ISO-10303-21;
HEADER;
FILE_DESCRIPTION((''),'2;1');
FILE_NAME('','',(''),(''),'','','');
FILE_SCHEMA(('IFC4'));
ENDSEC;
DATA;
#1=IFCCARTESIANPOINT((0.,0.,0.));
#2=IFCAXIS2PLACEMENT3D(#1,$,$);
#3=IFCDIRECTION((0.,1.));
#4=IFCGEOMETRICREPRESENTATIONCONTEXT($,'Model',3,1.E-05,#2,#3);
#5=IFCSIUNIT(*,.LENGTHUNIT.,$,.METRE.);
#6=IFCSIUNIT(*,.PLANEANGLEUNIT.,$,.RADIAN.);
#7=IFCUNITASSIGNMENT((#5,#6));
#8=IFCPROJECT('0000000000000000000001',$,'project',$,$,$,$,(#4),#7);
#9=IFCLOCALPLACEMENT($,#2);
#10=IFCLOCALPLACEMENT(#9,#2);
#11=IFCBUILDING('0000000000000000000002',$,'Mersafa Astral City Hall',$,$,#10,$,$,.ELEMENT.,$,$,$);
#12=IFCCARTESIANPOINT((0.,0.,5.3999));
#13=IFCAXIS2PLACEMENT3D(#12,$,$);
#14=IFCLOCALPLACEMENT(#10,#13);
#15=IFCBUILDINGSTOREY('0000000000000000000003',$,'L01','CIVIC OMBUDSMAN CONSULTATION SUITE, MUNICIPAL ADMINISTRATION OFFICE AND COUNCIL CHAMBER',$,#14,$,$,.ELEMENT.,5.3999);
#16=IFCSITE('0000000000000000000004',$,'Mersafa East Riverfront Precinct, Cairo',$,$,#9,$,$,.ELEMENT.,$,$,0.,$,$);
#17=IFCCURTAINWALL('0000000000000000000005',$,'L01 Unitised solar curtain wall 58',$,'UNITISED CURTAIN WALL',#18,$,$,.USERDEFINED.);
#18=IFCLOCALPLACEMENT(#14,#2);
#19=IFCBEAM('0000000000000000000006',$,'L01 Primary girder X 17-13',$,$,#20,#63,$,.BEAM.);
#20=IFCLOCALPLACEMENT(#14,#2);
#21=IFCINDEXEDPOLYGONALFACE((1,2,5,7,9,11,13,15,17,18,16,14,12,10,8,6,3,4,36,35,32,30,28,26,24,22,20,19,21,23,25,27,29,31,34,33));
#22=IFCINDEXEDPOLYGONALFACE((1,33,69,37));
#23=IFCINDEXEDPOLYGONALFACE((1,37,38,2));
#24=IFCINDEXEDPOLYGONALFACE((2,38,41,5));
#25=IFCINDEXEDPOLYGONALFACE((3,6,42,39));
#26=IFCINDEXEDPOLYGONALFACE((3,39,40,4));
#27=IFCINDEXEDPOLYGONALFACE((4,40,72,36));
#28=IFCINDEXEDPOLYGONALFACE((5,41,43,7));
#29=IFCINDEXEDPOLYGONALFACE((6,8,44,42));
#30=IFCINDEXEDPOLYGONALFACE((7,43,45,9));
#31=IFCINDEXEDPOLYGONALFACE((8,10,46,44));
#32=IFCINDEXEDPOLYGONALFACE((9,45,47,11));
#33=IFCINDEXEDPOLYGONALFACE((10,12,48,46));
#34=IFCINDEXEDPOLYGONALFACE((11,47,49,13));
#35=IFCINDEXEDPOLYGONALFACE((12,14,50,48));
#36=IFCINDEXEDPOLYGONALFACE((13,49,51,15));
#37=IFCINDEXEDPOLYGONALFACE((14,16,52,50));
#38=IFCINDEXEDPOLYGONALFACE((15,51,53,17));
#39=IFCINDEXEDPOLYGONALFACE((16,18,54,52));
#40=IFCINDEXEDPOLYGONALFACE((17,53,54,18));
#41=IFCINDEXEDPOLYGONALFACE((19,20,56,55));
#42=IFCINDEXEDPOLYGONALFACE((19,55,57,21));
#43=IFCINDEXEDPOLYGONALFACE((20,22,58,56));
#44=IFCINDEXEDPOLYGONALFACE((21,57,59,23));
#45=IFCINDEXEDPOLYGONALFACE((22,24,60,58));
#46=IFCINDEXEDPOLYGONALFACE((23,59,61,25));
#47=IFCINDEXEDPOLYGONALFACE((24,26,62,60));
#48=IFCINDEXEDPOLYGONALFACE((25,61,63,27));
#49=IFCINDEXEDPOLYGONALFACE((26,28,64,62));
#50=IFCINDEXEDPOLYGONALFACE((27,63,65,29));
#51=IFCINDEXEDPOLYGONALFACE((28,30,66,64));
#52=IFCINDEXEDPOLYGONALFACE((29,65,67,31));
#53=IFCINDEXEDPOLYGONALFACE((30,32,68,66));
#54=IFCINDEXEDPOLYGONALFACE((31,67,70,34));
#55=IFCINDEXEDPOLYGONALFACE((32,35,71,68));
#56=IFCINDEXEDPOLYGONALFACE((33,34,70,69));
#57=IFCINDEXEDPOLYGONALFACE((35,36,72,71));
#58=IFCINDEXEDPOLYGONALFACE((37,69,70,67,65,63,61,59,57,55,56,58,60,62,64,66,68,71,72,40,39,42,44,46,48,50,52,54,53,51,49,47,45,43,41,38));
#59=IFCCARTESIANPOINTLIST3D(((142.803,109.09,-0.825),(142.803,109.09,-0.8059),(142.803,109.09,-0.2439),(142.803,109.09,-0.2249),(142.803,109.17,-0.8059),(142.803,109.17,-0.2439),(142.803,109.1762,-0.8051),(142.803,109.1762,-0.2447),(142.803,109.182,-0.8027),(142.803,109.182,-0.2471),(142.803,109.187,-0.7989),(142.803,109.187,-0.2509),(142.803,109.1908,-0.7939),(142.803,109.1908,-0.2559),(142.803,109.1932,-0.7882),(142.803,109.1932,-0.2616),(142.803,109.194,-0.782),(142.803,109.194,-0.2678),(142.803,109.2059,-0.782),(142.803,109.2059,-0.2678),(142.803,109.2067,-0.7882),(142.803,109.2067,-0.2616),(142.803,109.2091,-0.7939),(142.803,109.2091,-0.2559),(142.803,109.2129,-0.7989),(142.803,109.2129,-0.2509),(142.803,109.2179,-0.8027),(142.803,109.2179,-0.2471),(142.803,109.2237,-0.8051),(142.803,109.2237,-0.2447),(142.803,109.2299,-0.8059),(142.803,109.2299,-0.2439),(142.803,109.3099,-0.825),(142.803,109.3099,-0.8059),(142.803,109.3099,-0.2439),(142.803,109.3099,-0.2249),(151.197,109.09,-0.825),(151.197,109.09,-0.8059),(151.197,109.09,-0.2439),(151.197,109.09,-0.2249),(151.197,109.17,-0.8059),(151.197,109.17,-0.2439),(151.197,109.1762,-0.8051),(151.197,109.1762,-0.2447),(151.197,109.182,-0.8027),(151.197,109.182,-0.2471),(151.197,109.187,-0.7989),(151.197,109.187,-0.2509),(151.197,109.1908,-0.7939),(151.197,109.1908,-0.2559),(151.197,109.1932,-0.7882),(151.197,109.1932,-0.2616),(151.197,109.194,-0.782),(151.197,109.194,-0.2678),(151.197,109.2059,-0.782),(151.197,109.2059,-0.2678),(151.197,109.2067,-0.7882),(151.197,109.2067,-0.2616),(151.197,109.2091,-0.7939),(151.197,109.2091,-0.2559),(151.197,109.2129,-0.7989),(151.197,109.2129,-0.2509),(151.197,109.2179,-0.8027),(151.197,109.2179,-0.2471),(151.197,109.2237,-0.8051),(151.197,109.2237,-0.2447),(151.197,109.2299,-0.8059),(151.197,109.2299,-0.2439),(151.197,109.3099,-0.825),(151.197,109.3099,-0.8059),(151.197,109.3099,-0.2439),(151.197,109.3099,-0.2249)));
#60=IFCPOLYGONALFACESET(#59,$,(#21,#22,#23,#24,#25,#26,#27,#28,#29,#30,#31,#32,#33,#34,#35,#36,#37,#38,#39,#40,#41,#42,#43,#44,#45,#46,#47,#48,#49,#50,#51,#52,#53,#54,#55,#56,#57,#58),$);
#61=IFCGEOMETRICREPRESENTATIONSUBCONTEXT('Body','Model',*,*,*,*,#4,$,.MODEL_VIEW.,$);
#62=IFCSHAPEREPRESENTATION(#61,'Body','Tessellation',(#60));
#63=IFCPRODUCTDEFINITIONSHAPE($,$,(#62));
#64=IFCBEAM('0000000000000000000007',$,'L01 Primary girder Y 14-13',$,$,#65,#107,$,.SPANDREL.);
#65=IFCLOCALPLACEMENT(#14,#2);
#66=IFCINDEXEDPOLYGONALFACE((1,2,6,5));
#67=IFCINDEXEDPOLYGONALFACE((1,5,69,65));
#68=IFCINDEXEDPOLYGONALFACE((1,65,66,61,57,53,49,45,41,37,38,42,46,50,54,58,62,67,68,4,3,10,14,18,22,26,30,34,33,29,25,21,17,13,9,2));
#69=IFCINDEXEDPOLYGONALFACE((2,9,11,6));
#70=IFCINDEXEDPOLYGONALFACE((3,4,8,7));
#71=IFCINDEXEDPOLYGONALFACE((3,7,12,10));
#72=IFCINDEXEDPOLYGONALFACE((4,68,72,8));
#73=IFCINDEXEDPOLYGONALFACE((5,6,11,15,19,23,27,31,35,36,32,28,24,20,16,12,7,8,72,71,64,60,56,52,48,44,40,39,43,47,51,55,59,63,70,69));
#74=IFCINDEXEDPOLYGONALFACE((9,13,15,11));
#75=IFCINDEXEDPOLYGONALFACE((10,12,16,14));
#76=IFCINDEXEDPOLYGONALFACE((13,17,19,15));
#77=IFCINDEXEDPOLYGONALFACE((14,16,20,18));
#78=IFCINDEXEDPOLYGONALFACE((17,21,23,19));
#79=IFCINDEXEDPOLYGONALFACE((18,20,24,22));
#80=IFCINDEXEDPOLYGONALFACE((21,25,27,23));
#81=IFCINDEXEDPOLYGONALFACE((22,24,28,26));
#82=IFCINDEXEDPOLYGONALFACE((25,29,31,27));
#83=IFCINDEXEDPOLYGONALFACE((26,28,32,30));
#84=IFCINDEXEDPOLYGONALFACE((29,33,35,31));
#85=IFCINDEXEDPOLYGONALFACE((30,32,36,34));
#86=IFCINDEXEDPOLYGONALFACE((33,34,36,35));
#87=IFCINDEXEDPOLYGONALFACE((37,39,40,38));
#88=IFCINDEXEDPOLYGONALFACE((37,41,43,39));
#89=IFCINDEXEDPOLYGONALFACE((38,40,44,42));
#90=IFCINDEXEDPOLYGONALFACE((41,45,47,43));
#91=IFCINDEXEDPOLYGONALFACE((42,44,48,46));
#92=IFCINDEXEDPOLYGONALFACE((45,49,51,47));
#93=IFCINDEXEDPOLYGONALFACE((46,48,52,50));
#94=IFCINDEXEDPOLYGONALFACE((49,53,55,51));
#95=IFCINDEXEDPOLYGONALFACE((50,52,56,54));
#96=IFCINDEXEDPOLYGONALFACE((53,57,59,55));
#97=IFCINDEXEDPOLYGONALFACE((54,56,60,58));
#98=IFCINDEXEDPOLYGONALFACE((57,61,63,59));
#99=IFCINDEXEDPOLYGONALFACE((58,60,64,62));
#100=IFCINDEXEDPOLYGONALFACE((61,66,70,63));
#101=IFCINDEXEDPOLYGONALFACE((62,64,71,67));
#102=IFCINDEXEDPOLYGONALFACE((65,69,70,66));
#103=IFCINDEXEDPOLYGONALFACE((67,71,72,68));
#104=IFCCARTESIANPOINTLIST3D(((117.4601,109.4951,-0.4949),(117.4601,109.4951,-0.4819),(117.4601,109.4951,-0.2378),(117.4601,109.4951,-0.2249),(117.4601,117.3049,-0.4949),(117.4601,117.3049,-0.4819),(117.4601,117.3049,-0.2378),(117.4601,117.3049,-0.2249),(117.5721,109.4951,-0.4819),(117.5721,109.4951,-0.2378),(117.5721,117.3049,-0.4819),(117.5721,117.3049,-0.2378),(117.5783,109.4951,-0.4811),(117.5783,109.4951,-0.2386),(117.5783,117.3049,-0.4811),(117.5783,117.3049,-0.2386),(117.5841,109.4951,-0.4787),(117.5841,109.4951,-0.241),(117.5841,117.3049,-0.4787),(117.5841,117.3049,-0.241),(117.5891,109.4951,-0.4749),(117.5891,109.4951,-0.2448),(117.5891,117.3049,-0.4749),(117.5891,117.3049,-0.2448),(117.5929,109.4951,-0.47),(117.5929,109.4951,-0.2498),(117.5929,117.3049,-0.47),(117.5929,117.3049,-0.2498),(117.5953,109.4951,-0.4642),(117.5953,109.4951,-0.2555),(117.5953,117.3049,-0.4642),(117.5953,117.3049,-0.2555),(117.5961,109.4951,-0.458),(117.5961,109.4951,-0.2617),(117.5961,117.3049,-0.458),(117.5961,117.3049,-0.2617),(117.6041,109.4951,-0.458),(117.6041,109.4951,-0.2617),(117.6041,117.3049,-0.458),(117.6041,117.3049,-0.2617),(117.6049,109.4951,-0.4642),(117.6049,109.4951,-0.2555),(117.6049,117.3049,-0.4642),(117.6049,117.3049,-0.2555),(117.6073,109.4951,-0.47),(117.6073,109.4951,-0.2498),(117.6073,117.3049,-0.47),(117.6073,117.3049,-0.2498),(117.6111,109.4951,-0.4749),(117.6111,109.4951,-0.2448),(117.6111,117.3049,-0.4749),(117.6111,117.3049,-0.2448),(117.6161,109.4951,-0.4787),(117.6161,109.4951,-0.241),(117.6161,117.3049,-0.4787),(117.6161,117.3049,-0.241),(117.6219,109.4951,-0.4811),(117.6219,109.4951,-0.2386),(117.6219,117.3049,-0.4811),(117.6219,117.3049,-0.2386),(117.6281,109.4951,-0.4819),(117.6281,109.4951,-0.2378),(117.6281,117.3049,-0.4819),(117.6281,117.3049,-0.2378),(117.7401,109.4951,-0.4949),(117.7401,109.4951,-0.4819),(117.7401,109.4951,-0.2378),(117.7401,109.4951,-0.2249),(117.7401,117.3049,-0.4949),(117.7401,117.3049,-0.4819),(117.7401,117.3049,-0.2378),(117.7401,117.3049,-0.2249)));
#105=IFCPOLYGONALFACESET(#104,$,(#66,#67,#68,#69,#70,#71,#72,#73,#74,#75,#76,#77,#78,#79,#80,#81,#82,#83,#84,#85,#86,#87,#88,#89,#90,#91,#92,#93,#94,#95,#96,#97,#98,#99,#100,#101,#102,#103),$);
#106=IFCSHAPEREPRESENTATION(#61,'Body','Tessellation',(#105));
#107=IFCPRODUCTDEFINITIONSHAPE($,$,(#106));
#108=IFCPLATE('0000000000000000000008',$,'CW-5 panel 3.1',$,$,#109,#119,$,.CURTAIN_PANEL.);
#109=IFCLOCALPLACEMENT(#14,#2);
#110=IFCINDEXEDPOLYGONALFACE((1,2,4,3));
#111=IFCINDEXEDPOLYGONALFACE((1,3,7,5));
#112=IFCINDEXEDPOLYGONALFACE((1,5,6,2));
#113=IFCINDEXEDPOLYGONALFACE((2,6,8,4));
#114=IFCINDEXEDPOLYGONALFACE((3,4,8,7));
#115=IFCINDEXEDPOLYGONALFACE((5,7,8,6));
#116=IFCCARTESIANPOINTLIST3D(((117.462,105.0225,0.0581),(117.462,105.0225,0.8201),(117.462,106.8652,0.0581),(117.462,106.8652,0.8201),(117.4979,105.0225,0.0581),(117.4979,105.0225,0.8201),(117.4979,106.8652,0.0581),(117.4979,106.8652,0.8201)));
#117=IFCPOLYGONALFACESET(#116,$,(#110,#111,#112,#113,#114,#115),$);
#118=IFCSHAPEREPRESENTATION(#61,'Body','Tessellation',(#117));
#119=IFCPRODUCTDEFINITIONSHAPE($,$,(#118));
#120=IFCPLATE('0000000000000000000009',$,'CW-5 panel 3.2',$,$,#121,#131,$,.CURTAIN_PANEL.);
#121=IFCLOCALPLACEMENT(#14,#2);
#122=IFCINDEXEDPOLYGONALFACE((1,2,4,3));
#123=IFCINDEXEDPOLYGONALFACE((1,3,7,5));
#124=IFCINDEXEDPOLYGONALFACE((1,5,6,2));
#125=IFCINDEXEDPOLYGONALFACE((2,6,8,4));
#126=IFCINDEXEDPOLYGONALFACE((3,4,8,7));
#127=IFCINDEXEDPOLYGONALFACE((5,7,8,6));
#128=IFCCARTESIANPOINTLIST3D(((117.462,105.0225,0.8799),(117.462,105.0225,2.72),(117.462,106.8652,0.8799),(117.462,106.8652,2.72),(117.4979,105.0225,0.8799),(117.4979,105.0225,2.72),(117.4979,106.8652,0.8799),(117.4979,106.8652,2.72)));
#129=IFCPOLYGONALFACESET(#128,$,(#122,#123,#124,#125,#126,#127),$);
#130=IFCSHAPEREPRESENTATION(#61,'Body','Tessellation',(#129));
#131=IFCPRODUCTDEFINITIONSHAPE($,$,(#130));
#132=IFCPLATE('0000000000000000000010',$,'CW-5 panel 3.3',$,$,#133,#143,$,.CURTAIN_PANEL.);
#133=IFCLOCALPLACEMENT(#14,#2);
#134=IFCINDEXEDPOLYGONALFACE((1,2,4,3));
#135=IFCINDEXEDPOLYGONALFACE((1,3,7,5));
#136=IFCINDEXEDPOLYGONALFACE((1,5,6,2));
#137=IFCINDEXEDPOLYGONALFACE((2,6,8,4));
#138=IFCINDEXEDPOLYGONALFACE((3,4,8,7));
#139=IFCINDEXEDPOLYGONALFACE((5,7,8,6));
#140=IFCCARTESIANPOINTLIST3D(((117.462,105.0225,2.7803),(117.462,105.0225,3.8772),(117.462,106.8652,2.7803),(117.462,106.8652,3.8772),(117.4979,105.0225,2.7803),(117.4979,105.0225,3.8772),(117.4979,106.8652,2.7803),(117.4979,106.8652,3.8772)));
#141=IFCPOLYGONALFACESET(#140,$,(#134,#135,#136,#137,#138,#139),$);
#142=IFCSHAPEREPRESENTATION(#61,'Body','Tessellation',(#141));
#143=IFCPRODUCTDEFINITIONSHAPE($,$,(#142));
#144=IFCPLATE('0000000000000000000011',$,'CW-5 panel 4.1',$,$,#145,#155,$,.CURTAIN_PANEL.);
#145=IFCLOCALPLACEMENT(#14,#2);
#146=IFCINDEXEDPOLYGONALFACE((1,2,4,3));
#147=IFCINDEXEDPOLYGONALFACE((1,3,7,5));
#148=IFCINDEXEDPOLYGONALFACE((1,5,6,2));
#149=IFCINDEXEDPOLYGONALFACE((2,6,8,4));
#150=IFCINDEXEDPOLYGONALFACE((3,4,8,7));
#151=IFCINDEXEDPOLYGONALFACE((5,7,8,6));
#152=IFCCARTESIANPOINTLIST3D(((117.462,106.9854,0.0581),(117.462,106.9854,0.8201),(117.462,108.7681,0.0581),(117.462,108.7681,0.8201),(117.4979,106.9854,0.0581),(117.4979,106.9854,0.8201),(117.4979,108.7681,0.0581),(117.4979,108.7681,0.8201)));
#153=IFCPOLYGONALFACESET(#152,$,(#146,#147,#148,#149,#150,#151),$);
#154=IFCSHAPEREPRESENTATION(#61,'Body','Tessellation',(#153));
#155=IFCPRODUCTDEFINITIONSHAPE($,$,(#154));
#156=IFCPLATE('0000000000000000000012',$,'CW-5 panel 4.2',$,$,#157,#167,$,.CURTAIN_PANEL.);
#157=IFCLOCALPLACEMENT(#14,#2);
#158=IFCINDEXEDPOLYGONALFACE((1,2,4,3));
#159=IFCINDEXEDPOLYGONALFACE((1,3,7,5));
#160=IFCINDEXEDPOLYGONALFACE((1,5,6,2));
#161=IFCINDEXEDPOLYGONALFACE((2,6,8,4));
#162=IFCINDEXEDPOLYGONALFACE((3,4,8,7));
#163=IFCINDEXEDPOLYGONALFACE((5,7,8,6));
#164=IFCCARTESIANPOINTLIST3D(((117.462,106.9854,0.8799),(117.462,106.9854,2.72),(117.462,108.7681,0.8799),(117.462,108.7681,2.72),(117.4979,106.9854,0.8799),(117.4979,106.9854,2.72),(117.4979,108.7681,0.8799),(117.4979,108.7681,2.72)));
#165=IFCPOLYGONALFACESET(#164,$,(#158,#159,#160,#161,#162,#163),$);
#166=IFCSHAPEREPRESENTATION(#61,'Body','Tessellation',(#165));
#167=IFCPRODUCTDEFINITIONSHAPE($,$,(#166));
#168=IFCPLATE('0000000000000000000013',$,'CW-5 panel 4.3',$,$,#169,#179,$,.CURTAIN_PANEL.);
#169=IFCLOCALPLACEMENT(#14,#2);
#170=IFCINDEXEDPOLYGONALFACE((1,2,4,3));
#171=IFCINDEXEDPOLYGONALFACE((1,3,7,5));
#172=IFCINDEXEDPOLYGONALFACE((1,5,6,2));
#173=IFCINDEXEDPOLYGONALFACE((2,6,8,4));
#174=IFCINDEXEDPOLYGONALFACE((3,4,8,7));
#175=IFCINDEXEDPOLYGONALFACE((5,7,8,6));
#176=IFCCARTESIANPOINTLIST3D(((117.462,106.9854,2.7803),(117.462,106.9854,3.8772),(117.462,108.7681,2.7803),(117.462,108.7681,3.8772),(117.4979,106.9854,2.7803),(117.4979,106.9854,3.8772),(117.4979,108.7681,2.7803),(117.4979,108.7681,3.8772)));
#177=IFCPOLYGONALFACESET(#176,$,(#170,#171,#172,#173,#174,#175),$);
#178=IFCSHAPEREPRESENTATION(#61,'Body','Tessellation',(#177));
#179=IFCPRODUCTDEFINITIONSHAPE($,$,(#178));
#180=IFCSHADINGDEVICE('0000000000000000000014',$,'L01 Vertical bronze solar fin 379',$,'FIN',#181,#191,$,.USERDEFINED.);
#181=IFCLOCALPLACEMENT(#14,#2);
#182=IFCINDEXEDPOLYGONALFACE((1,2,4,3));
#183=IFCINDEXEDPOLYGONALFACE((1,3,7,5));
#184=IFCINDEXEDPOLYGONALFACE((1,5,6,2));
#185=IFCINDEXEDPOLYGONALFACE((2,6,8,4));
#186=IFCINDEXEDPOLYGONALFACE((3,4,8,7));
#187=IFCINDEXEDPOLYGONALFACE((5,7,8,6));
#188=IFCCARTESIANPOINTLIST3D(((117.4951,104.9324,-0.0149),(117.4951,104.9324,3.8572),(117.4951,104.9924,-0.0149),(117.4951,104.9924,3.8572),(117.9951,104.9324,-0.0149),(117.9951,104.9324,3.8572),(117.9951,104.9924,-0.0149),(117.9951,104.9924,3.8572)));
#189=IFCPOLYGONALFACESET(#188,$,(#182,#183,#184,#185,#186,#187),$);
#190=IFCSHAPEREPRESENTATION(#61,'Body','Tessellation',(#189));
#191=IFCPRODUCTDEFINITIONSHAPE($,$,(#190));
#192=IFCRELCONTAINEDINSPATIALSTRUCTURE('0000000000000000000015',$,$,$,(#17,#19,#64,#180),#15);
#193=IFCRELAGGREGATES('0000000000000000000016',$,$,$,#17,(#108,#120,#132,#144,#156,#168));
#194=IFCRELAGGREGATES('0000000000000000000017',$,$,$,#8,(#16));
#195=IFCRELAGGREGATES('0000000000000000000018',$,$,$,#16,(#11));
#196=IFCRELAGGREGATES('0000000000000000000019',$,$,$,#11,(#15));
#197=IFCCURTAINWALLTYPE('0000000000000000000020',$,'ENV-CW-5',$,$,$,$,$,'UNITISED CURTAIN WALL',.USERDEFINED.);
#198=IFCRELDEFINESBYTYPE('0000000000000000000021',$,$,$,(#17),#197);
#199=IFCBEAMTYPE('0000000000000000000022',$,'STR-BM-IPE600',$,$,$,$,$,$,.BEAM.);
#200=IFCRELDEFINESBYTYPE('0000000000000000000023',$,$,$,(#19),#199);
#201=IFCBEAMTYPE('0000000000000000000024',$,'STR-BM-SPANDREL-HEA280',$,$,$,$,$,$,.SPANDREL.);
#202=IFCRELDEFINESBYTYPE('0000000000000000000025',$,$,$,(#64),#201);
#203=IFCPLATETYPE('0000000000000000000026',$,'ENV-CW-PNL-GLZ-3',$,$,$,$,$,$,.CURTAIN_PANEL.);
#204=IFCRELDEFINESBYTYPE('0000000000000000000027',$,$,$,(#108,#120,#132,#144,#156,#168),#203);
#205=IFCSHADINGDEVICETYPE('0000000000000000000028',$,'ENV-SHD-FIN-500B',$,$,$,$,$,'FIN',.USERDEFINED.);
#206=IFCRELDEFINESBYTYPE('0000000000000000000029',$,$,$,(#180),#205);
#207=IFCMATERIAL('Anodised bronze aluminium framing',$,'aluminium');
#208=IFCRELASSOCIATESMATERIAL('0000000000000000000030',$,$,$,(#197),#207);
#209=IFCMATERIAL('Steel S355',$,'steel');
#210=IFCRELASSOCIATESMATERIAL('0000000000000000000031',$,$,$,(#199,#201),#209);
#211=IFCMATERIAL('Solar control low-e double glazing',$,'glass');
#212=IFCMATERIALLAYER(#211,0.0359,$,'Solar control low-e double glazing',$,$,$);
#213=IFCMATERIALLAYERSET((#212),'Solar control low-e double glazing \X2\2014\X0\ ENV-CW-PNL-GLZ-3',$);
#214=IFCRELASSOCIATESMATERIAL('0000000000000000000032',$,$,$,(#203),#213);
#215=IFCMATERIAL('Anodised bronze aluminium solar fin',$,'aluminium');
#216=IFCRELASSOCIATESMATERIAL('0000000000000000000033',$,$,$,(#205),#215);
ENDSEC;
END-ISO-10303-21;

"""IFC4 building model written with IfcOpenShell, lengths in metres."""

from ifc_helpers import new_model, si_unit, direction, frame, origin, origin_2d, place, context, subcontext, project, spatial, rectangle, i_section, extrude, material, layer, layer_set, material_profile, profile_set, type_object, element, aggregate, save


model = new_model("IFC4")

# Units and contexts
model_context = context("Model", 3, precision=1e-05, world=origin(), true_north=direction((0.0, 1.0)))
body_context = subcontext(model_context, "Body", "Model", "MODEL_VIEW")
ifc_project = project(units=[si_unit("LENGTHUNIT", "METRE"), si_unit("PLANEANGLEUNIT", "RADIAN")], contexts=[model_context])

# Site, building, storey
site_placement = place(None, origin())
site = spatial("IfcSite", under=ifc_project, at=site_placement, Name="Mersafa East Riverfront Precinct, Cairo", CompositionType="ELEMENT", RefElevation=0.0)
building_placement = place(site_placement, origin())
building = spatial("IfcBuilding", under=site, at=building_placement, Name="Mersafa Astral City Hall", CompositionType="ELEMENT")
storey_placement = place(building_placement, frame((0.0, 0.0, 5.3999)))
storey = spatial("IfcBuildingStorey", under=building, at=storey_placement, Name="L01", Description="CIVIC OMBUDSMAN CONSULTATION SUITE, MUNICIPAL ADMINISTRATION OFFICE AND COUNCIL CHAMBER", CompositionType="ELEMENT", Elevation=5.3999)

# Shared definitions
ifc_material_1 = material(Name="Steel S355", Category="steel")

# Curtain wall
ifc_material_2 = material(Name="Anodised bronze aluminium framing", Category="aluminium")
curtain_wall_type = type_object("IfcCurtainWallType", Name="ENV-CW-5", ElementType="UNITISED CURTAIN WALL", PredefinedType="USERDEFINED", material=ifc_material_2)
curtain_wall_placement = place(storey_placement, origin())
curtain_wall = element("IfcCurtainWall", 1, at=curtain_wall_placement, inside=storey, type_object=curtain_wall_type, Name="L01 Unitised solar curtain wall 58", ObjectType="UNITISED CURTAIN WALL", PredefinedType="USERDEFINED")

# Beams
ifc_material_profile_1 = material_profile(ifc_material_1, i_section(OverallWidth=0.22, OverallDepth=0.6001, WebThickness=0.012, FlangeThickness=0.019, FilletRadius=0.0239, at=origin_2d()), Name="IPE 600")
ifc_profile_set_1 = profile_set([ifc_material_profile_1], Name="Steel S355")
beam_type_1 = type_object("IfcBeamType", Name="STR-BM-IPE600", PredefinedType="BEAM", material=ifc_profile_set_1)
beam_1_placement = place(storey_placement, frame((142.803, 109.2, -0.5249), z_axis=(1.0, 0.0, 0.0), x_axis=(0.0, 1.0, 0.0)))
element("IfcBeam", 2, at=beam_1_placement, inside=storey, type_object=beam_type_1, Name="L01 Primary girder X 17-13", PredefinedType="BEAM", context=body_context, shape_type="SweptSolid", body=[
    extrude(i_section(OverallWidth=0.22, OverallDepth=0.6001, WebThickness=0.012, FlangeThickness=0.019, FilletRadius=0.0239, at=origin_2d()), origin(), (0.0, 0.0, 1.0), 8.394),
])
ifc_material_profile_2 = material_profile(ifc_material_1, i_section(OverallWidth=0.28, OverallDepth=0.27, WebThickness=0.0081, FlangeThickness=0.0129, FilletRadius=0.0239, at=origin_2d()), Name="HEA 280")
ifc_profile_set_2 = profile_set([ifc_material_profile_2], Name="Steel S355")
beam_type_2 = type_object("IfcBeamType", Name="STR-BM-SPANDREL-HEA280", PredefinedType="SPANDREL", material=ifc_profile_set_2)
beam_2_placement = place(storey_placement, frame((117.6001, 109.4951, -0.3599), z_axis=(0.0, 1.0, 0.0), x_axis=(-1.0, 0.0, 0.0)))
element("IfcBeam", 3, at=beam_2_placement, inside=storey, type_object=beam_type_2, Name="L01 Primary girder Y 14-13", PredefinedType="SPANDREL", context=body_context, shape_type="SweptSolid", body=[
    extrude(i_section(OverallWidth=0.28, OverallDepth=0.27, WebThickness=0.0081, FlangeThickness=0.0129, FilletRadius=0.0239, at=origin_2d()), origin(), (0.0, 0.0, 1.0), 7.8098),
])

# Plates
ifc_material_3 = material(Name="Solar control low-e double glazing", Category="glass")
ifc_layer = layer(ifc_material_3, 0.0359, Name="Solar control low-e double glazing")
ifc_layer_set = layer_set([ifc_layer], Name="Solar control low-e double glazing — ENV-CW-PNL-GLZ-3")
plate_type = type_object("IfcPlateType", Name="ENV-CW-PNL-GLZ-3", PredefinedType="CURTAIN_PANEL", material=ifc_layer_set)
plate_1_placement = place(storey_placement, frame((117.48, 105.9438, 0.0581), z_axis=(0.0, 0.0, 1.0), x_axis=(0.0, 1.0, 0.0)))
plate_1 = element("IfcPlate", 4, at=plate_1_placement, type_object=plate_type, Name="CW-5 panel 3.1", PredefinedType="CURTAIN_PANEL", context=body_context, shape_type="SweptSolid", body=[
    extrude(rectangle(XDim=1.8428, YDim=0.0359, at=origin_2d()), origin(), (0.0, 0.0, 1.0), 0.762),
])
plate_2_placement = place(storey_placement, frame((117.48, 105.9438, 0.8799), z_axis=(0.0, 0.0, 1.0), x_axis=(0.0, 1.0, 0.0)))
plate_2 = element("IfcPlate", 5, at=plate_2_placement, type_object=plate_type, Name="CW-5 panel 3.2", PredefinedType="CURTAIN_PANEL", context=body_context, shape_type="SweptSolid", body=[
    extrude(rectangle(XDim=1.8428, YDim=0.0359, at=origin_2d()), origin(), (0.0, 0.0, 1.0), 1.8401),
])
plate_3_placement = place(storey_placement, frame((117.48, 105.9438, 2.7803), z_axis=(0.0, 0.0, 1.0), x_axis=(0.0, 1.0, 0.0)))
plate_3 = element("IfcPlate", 6, at=plate_3_placement, type_object=plate_type, Name="CW-5 panel 3.3", PredefinedType="CURTAIN_PANEL", context=body_context, shape_type="SweptSolid", body=[
    extrude(rectangle(XDim=1.8428, YDim=0.0359, at=origin_2d()), origin(), (0.0, 0.0, 1.0), 1.0969),
])
plate_4_placement = place(storey_placement, frame((117.48, 107.8767, 0.0581), z_axis=(0.0, 0.0, 1.0), x_axis=(0.0, 1.0, 0.0)))
plate_4 = element("IfcPlate", 7, at=plate_4_placement, type_object=plate_type, Name="CW-5 panel 4.1", PredefinedType="CURTAIN_PANEL", context=body_context, shape_type="SweptSolid", body=[
    extrude(rectangle(XDim=1.7827, YDim=0.0359, at=origin_2d()), origin(), (0.0, 0.0, 1.0), 0.762),
])
plate_5_placement = place(storey_placement, frame((117.48, 107.8767, 0.8799), z_axis=(0.0, 0.0, 1.0), x_axis=(0.0, 1.0, 0.0)))
plate_5 = element("IfcPlate", 8, at=plate_5_placement, type_object=plate_type, Name="CW-5 panel 4.2", PredefinedType="CURTAIN_PANEL", context=body_context, shape_type="SweptSolid", body=[
    extrude(rectangle(XDim=1.7827, YDim=0.0359, at=origin_2d()), origin(), (0.0, 0.0, 1.0), 1.8401),
])
plate_6_placement = place(storey_placement, frame((117.48, 107.8767, 2.7803), z_axis=(0.0, 0.0, 1.0), x_axis=(0.0, 1.0, 0.0)))
plate_6 = element("IfcPlate", 9, at=plate_6_placement, type_object=plate_type, Name="CW-5 panel 4.3", PredefinedType="CURTAIN_PANEL", context=body_context, shape_type="SweptSolid", body=[
    extrude(rectangle(XDim=1.7827, YDim=0.0359, at=origin_2d()), origin(), (0.0, 0.0, 1.0), 1.0969),
])
aggregate(curtain_wall, [plate_1, plate_2, plate_3, plate_4, plate_5, plate_6])

# Shading device
ifc_material_4 = material(Name="Anodised bronze aluminium solar fin", Category="aluminium")
shading_device_type = type_object("IfcShadingDeviceType", Name="ENV-SHD-FIN-500B", ElementType="FIN", PredefinedType="USERDEFINED", material=ifc_material_4)
for number, where, z_axis, x_axis, name in (
    (10, (117.7451, 104.9624, -0.0149), (0.0, 0.0, 1.0), (0.0, 1.0, 0.0), "L01 Vertical bronze solar fin 379"),
):
    element("IfcShadingDevice", number, at=place(storey_placement, frame(where, z_axis=z_axis, x_axis=x_axis)), inside=storey, type_object=shading_device_type, Name=name, ObjectType="FIN", PredefinedType="USERDEFINED", context=body_context, shape_type="SweptSolid", body=[
        extrude(rectangle(XDim=0.0601, YDim=0.5, at=origin_2d()), origin(), (0.0, 0.0, 1.0), 3.8721),
    ])

save(model, "model.ifc")
